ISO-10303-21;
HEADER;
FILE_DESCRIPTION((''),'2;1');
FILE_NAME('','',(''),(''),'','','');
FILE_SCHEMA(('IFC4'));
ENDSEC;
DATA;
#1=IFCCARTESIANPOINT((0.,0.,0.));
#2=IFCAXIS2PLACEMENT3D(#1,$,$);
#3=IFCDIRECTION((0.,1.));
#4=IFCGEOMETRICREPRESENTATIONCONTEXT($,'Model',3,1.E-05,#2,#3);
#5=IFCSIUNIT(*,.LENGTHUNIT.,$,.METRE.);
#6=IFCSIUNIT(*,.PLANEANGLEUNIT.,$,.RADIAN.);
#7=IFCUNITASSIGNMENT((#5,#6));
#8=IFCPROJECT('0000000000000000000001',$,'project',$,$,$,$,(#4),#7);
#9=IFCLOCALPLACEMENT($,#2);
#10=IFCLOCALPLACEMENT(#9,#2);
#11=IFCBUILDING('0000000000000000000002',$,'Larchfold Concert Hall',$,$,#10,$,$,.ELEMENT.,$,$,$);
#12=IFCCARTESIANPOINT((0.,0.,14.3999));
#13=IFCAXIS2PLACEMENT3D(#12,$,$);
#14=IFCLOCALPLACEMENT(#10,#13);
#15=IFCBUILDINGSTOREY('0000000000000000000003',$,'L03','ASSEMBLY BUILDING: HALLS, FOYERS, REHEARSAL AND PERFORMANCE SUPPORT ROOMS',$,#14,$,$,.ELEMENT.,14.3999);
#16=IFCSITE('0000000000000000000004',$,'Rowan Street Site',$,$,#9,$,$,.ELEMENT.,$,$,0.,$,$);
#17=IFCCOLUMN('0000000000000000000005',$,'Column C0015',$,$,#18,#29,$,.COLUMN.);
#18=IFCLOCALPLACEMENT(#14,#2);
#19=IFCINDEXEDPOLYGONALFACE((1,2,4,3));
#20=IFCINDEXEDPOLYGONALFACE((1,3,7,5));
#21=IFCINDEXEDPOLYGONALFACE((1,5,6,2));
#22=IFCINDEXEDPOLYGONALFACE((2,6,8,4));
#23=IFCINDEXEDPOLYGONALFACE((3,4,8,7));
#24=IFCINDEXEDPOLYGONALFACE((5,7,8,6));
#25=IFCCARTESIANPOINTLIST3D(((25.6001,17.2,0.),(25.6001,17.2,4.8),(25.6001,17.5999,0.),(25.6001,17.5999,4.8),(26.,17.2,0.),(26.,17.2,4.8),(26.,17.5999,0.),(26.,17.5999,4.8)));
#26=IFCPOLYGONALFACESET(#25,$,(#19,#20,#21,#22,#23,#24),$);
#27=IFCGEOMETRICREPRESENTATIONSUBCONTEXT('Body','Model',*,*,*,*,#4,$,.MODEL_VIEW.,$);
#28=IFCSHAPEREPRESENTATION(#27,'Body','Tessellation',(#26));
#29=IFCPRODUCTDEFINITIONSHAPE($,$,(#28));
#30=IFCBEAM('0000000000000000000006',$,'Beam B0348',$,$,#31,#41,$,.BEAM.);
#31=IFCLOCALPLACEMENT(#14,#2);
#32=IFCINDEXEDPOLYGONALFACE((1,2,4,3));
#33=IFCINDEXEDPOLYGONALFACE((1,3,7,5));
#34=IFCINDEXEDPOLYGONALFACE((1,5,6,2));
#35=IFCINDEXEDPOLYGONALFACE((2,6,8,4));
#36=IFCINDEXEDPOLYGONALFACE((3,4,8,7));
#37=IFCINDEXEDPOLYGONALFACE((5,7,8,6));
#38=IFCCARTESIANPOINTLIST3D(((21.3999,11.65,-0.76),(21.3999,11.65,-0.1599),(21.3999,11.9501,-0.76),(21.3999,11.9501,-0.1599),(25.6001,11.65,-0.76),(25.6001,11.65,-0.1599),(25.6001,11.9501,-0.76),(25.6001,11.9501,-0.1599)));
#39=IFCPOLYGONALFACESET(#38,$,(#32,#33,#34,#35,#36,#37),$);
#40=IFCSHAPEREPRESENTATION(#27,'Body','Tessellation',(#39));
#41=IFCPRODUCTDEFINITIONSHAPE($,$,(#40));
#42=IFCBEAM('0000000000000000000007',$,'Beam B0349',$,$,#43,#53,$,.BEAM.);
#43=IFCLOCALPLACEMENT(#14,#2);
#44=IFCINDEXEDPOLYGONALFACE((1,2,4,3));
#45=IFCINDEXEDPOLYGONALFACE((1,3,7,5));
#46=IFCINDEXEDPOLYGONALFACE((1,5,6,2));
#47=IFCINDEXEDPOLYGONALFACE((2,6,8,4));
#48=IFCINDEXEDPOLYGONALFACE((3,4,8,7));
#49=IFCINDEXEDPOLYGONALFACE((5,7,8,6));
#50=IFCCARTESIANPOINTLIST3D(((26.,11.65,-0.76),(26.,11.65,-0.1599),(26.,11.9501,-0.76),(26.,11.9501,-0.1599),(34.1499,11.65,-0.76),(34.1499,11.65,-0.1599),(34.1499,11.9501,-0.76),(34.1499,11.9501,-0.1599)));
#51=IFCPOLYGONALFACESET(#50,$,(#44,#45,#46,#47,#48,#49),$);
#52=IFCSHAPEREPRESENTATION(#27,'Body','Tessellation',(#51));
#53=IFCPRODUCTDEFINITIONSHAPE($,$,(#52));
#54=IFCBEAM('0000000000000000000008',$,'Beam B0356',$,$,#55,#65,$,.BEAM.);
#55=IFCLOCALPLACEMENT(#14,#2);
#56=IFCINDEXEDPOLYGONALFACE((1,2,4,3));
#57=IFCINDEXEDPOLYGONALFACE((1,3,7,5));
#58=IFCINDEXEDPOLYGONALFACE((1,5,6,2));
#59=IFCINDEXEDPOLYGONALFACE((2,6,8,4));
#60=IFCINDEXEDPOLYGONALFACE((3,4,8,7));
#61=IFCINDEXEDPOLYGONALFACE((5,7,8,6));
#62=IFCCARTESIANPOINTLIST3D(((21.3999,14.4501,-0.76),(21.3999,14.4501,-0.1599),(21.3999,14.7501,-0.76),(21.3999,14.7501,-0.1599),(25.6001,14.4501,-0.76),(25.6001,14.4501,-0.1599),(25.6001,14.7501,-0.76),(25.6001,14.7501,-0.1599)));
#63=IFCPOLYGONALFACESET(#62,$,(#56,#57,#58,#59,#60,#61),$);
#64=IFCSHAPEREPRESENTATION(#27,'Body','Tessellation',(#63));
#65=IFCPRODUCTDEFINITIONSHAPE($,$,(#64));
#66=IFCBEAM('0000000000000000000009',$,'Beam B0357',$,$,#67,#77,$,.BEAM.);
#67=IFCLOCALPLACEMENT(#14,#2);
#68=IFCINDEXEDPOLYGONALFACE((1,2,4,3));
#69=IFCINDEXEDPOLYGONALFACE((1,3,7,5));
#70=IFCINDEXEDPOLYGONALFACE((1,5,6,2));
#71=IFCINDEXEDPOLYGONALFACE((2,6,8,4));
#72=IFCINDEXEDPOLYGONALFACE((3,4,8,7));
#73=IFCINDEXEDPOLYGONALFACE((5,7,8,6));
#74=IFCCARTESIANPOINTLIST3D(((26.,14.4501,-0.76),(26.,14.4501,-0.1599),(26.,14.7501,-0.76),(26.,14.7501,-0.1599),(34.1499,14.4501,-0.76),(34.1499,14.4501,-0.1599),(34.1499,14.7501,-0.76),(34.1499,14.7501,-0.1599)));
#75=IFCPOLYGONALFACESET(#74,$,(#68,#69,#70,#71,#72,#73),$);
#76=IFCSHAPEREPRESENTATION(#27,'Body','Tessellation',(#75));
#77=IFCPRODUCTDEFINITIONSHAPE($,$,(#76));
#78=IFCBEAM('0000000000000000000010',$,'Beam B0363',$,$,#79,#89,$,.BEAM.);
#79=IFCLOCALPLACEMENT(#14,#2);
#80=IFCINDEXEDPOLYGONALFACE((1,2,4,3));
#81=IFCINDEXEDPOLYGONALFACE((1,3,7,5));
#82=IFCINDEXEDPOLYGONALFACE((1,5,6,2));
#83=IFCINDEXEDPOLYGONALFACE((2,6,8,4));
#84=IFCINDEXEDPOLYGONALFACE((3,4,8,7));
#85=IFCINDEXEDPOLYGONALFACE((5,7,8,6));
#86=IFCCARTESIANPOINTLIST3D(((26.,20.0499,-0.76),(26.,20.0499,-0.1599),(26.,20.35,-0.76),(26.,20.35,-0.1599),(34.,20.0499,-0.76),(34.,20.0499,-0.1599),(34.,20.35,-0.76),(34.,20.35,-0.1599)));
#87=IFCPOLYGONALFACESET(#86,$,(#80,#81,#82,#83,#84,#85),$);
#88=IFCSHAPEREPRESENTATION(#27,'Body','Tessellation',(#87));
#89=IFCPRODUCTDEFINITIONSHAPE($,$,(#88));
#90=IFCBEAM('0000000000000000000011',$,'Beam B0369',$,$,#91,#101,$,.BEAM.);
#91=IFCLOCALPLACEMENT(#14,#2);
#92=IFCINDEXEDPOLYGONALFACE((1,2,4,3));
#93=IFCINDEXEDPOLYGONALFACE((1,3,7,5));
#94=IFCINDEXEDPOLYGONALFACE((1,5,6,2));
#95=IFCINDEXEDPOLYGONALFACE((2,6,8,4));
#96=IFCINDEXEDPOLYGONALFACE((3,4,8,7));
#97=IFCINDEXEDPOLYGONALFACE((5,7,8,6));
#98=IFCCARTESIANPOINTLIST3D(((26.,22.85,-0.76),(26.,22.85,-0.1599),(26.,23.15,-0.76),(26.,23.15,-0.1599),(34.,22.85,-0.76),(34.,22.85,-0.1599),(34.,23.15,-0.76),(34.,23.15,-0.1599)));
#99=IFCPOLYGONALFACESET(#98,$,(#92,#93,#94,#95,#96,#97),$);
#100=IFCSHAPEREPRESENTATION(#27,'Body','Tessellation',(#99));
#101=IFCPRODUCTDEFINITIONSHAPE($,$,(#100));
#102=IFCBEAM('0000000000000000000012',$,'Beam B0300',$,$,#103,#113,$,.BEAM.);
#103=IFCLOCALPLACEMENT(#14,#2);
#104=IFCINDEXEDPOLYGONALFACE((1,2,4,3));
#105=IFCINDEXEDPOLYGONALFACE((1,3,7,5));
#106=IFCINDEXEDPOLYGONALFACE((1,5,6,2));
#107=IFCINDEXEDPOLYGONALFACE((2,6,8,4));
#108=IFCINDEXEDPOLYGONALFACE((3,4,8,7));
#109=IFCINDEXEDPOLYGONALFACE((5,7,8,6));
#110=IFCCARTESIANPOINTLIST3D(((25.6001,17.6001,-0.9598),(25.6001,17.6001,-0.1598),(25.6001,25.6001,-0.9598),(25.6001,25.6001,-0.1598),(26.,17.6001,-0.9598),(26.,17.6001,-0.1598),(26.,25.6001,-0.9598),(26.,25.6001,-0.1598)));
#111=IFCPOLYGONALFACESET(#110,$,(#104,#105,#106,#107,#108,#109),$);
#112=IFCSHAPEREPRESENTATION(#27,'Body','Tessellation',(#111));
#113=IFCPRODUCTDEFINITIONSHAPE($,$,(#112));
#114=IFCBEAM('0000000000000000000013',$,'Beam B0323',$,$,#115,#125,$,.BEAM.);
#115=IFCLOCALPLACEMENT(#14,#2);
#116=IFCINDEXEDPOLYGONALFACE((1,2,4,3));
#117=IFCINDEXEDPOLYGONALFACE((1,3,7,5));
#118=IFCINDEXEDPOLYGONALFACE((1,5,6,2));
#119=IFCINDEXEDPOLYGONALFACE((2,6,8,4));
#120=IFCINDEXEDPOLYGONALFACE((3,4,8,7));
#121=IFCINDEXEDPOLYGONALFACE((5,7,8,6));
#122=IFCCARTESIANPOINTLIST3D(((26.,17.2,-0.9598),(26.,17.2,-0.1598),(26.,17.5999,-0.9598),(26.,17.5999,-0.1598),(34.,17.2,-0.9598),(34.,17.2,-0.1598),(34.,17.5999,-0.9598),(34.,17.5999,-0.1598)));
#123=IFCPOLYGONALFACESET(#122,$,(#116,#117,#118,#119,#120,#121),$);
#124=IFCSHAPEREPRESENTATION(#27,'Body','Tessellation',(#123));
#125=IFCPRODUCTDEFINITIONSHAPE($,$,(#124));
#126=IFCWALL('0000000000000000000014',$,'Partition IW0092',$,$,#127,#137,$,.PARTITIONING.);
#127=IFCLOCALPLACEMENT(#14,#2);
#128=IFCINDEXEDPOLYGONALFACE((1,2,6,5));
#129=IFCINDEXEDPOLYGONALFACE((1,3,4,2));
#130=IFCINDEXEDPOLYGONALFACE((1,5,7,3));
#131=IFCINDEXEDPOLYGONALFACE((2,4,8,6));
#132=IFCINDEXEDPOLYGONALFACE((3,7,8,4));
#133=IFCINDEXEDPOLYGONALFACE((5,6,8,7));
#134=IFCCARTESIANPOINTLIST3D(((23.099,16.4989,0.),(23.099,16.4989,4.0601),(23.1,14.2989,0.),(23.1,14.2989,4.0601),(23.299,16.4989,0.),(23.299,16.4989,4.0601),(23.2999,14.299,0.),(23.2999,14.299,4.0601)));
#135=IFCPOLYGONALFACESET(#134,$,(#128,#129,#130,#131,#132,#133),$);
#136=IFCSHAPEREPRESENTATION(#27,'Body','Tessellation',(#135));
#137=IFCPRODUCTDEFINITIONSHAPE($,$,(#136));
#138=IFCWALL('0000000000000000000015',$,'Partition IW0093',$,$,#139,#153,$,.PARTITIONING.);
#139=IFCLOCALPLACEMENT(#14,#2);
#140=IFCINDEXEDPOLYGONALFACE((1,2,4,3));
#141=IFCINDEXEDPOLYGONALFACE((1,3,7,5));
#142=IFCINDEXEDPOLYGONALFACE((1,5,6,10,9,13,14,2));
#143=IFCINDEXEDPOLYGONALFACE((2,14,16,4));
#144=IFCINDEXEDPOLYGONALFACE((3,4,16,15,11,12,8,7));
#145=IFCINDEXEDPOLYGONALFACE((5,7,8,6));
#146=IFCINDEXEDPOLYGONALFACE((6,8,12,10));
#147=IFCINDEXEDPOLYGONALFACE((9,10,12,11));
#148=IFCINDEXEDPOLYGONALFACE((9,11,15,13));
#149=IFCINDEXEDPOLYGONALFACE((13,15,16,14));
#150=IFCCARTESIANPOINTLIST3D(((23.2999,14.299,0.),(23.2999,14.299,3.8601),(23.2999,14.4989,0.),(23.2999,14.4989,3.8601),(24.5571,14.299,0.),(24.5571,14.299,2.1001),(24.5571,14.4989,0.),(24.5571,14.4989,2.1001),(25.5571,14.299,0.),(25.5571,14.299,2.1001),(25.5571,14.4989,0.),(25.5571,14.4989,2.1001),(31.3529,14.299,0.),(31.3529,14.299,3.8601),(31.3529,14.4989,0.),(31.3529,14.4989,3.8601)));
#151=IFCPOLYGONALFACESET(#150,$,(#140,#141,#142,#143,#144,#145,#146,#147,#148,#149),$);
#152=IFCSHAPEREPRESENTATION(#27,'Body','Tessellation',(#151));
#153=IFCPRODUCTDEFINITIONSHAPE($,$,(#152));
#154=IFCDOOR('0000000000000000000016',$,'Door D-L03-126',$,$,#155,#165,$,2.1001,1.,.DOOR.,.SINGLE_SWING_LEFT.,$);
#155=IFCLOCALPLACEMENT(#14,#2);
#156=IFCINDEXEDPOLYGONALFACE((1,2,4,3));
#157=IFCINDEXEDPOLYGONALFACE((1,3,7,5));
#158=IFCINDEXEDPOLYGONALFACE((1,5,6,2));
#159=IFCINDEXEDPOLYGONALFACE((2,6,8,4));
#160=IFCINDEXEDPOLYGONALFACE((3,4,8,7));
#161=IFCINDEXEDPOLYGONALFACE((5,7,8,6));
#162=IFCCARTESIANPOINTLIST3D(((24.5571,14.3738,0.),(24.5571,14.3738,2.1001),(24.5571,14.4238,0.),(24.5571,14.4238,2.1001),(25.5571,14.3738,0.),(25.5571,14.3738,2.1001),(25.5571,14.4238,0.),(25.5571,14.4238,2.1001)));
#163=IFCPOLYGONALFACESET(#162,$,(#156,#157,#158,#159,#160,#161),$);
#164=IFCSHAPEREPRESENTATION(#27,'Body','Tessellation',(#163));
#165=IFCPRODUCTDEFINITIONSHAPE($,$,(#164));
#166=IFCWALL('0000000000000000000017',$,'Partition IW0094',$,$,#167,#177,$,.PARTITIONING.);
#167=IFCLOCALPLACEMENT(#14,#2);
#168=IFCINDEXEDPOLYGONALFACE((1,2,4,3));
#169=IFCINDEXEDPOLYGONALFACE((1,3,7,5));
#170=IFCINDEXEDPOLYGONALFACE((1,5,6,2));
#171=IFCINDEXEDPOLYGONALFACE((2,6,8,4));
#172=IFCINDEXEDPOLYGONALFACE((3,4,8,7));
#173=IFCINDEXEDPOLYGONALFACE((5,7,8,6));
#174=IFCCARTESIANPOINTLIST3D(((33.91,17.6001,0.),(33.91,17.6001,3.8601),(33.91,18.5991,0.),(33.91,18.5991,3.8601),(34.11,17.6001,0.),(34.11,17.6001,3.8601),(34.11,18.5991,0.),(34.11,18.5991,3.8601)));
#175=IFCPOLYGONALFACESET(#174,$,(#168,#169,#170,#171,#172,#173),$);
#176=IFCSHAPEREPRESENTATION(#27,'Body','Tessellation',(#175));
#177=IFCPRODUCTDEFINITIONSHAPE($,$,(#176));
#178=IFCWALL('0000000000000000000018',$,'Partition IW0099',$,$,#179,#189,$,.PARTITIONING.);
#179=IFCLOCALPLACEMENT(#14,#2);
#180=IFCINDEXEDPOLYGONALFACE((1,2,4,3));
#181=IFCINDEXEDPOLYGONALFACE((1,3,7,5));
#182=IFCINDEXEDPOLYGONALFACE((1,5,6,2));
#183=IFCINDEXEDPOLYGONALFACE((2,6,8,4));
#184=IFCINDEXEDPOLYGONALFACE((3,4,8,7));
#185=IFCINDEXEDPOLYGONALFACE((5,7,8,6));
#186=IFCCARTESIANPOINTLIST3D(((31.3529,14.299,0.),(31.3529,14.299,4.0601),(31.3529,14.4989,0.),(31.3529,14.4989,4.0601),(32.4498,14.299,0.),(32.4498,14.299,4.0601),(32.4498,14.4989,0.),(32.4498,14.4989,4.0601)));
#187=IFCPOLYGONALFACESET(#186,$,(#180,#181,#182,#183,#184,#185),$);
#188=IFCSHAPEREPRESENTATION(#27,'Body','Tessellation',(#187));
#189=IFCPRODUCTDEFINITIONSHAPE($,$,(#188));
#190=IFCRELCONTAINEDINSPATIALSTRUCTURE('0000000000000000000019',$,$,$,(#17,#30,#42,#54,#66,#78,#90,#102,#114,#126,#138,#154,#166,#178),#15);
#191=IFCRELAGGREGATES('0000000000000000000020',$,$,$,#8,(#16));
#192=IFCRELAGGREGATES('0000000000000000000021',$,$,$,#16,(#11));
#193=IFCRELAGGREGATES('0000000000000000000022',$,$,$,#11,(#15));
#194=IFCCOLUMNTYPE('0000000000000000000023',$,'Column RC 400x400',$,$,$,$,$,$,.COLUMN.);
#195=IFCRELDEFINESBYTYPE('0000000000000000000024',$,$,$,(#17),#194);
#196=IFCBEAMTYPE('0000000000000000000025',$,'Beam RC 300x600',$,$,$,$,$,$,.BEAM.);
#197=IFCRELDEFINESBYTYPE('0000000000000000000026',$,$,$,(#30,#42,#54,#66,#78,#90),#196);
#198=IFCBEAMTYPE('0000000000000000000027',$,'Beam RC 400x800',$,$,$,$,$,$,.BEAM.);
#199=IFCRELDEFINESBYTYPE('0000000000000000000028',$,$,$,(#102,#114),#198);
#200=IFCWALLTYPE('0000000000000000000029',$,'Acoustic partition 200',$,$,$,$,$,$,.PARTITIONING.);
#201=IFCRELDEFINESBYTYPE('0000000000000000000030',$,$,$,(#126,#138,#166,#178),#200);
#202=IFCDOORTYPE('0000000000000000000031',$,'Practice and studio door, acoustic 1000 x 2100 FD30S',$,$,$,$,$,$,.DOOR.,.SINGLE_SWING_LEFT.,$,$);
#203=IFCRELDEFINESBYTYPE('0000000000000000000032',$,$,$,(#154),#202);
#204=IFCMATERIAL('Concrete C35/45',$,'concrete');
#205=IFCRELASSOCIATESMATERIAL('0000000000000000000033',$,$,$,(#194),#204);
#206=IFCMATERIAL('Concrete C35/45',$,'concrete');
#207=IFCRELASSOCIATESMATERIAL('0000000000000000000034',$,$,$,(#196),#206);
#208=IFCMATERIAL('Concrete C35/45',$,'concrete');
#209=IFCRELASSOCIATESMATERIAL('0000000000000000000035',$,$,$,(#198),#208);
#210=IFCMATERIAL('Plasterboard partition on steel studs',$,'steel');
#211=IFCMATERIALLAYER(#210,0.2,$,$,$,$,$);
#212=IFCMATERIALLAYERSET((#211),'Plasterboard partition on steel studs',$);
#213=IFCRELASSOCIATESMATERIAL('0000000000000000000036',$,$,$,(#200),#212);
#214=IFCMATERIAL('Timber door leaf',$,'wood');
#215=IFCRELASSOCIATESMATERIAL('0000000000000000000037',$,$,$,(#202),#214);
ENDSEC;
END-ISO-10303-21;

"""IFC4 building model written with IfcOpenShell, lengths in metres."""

from ifc_helpers import new_model, si_unit, direction, frame, frame_2d, origin, origin_2d, place, context, subcontext, project, spatial, rectangle, extrude, material, layer, layer_set, material_profile, profile_set, type_object, element, fill, save


model = new_model("IFC4")

# Units and contexts
model_context = context("Model", 3, precision=1e-05, world=origin(), true_north=direction((0.0, 1.0)))
body_context = subcontext(model_context, "Body", "Model", "MODEL_VIEW")
ifc_project = project(units=[si_unit("LENGTHUNIT", "METRE"), si_unit("PLANEANGLEUNIT", "RADIAN")], contexts=[model_context])

# Site, building, storey
site_placement = place(None, origin())
site = spatial("IfcSite", under=ifc_project, at=site_placement, Name="Rowan Street Site", CompositionType="ELEMENT", RefElevation=0.0)
building_placement = place(site_placement, origin())
building = spatial("IfcBuilding", under=site, at=building_placement, Name="Larchfold Concert Hall", CompositionType="ELEMENT")
storey_placement = place(building_placement, frame((0.0, 0.0, 14.3999)))
storey = spatial("IfcBuildingStorey", under=building, at=storey_placement, Name="L03", Description="ASSEMBLY BUILDING: HALLS, FOYERS, REHEARSAL AND PERFORMANCE SUPPORT ROOMS", CompositionType="ELEMENT", Elevation=14.3999)

# Column
ifc_material_1 = material(Name="Concrete C35/45", Category="concrete")
ifc_material_profile_1 = material_profile(ifc_material_1, rectangle(XDim=0.3999, YDim=0.3999, at=origin_2d()))
ifc_profile_set_1 = profile_set([ifc_material_profile_1], Name="Concrete C35/45")
column_type = type_object("IfcColumnType", Name="Column RC 400x400", PredefinedType="COLUMN", material=ifc_profile_set_1)
column_placement = place(storey_placement, frame((25.8, 17.3999, 0.0), z_axis=(0.0, 0.0, 1.0), x_axis=(1.0, 0.0, 0.0)))
element("IfcColumn", 1, at=column_placement, inside=storey, type_object=column_type, Name="Column C0015", PredefinedType="COLUMN", context=body_context, shape_type="SweptSolid", body=[
    extrude(rectangle(XDim=0.3999, YDim=0.3999, at=origin_2d()), origin(), (0.0, 0.0, 1.0), 4.8),
])

# Beams
ifc_material_2 = material(Name="Concrete C35/45", Category="concrete")
ifc_material_profile_2 = material_profile(ifc_material_2, rectangle(XDim=0.3, YDim=0.6001, at=origin_2d()))
ifc_profile_set_2 = profile_set([ifc_material_profile_2], Name="Concrete C35/45")
beam_type_1 = type_object("IfcBeamType", Name="Beam RC 300x600", PredefinedType="BEAM", material=ifc_profile_set_2)
beam_1_placement = place(storey_placement, frame((21.3999, 11.8, -0.46), z_axis=(1.0, 0.0, 0.0), x_axis=(0.0, 1.0, 0.0)))
element("IfcBeam", 2, at=beam_1_placement, inside=storey, type_object=beam_type_1, Name="Beam B0348", PredefinedType="BEAM", context=body_context, shape_type="SweptSolid", body=[
    extrude(rectangle(XDim=0.3, YDim=0.6001, at=origin_2d()), origin(), (0.0, 0.0, 1.0), 4.2002),
])
beam_2_placement = place(storey_placement, frame((26.0, 11.8, -0.46), z_axis=(1.0, 0.0, 0.0), x_axis=(0.0, 1.0, 0.0)))
element("IfcBeam", 3, at=beam_2_placement, inside=storey, type_object=beam_type_1, Name="Beam B0349", PredefinedType="BEAM", context=body_context, shape_type="SweptSolid", body=[
    extrude(rectangle(XDim=0.3, YDim=0.6001, at=origin_2d()), origin(), (0.0, 0.0, 1.0), 8.1499),
])
beam_3_placement = place(storey_placement, frame((21.3999, 14.6001, -0.46), z_axis=(1.0, 0.0, 0.0), x_axis=(0.0, 1.0, 0.0)))
element("IfcBeam", 4, at=beam_3_placement, inside=storey, type_object=beam_type_1, Name="Beam B0356", PredefinedType="BEAM", context=body_context, shape_type="SweptSolid", body=[
    extrude(rectangle(XDim=0.3, YDim=0.6001, at=origin_2d()), origin(), (0.0, 0.0, 1.0), 4.2002),
])
beam_4_placement = place(storey_placement, frame((26.0, 14.6001, -0.46), z_axis=(1.0, 0.0, 0.0), x_axis=(0.0, 1.0, 0.0)))
element("IfcBeam", 5, at=beam_4_placement, inside=storey, type_object=beam_type_1, Name="Beam B0357", PredefinedType="BEAM", context=body_context, shape_type="SweptSolid", body=[
    extrude(rectangle(XDim=0.3, YDim=0.6001, at=origin_2d()), origin(), (0.0, 0.0, 1.0), 8.1499),
])
for number, where, z_axis, x_axis, name in (
    (6, (26.0, 20.2, -0.46), (1.0, 0.0, 0.0), (0.0, 1.0, 0.0), "Beam B0363"),
    (7, (26.0, 23.0, -0.46), (1.0, 0.0, 0.0), (0.0, 1.0, 0.0), "Beam B0369"),
):
    element("IfcBeam", number, at=place(storey_placement, frame(where, z_axis=z_axis, x_axis=x_axis)), inside=storey, type_object=beam_type_1, Name=name, PredefinedType="BEAM", context=body_context, shape_type="SweptSolid", body=[
        extrude(rectangle(XDim=0.3, YDim=0.6001, at=origin_2d()), origin(), (0.0, 0.0, 1.0), 8.0),
    ])
ifc_material_3 = material(Name="Concrete C35/45", Category="concrete")
ifc_material_profile_3 = material_profile(ifc_material_3, rectangle(XDim=0.3999, YDim=0.8, at=origin_2d()))
ifc_profile_set_3 = profile_set([ifc_material_profile_3], Name="Concrete C35/45")
beam_type_2 = type_object("IfcBeamType", Name="Beam RC 400x800", PredefinedType="BEAM", material=ifc_profile_set_3)
for number, where, z_axis, x_axis, name in (
    (8, (25.8, 17.6001, -0.5598), (0.0, 1.0, 0.0), (-1.0, 0.0, 0.0), "Beam B0300"),
    (9, (26.0, 17.3999, -0.5598), (1.0, 0.0, 0.0), (0.0, 1.0, 0.0), "Beam B0323"),
):
    element("IfcBeam", number, at=place(storey_placement, frame(where, z_axis=z_axis, x_axis=x_axis)), inside=storey, type_object=beam_type_2, Name=name, PredefinedType="BEAM", context=body_context, shape_type="SweptSolid", body=[
        extrude(rectangle(XDim=0.3999, YDim=0.8, at=origin_2d()), origin(), (0.0, 0.0, 1.0), 8.0),
    ])

# Wall
ifc_material_4 = material(Name="Plasterboard partition on steel studs", Category="steel")
ifc_layer_1 = layer(ifc_material_4, 0.2)
ifc_layer_set_1 = layer_set([ifc_layer_1], Name="Plasterboard partition on steel studs")
wall_type_1 = type_object("IfcWallType", Name="Acoustic partition 200", PredefinedType="PARTITIONING", material=ifc_layer_set_1)
wall_1_placement = place(storey_placement, frame((23.199, 16.499, 0.0), z_axis=(0.0, 0.0, 1.0), x_axis=(0.000444, -1.0, 0.0)))
element("IfcWall", 10, at=wall_1_placement, inside=storey, type_object=wall_type_1, Name="Partition IW0092", PredefinedType="PARTITIONING", context=body_context, shape_type="SweptSolid", body=[
    extrude(rectangle(XDim=2.2, YDim=0.2, at=frame_2d((1.1001, 0.0))), origin(), (0.0, 0.0, 1.0), 4.0601),
])

# Wall, opening, door
wall_2_placement = place(storey_placement, frame((23.3, 14.3989, 0.0), z_axis=(0.0, 0.0, 1.0), x_axis=(1.0, 0.0, 0.0)))
wall_2 = element("IfcWall", 11, at=wall_2_placement, inside=storey, type_object=wall_type_1, Name="Partition IW0093", PredefinedType="PARTITIONING", context=body_context, shape_type="SweptSolid", body=[
    extrude(rectangle(XDim=8.053, YDim=0.2, at=frame_2d((4.0264, 0.0))), origin(), (0.0, 0.0, 1.0), 3.8601),
])
opening_placement = place(wall_2_placement, frame((1.2571, 0.0, 0.0)))
opening = element("IfcOpeningElement", 12, at=opening_placement, cuts=wall_2, PredefinedType="OPENING", context=body_context, shape_type="SweptSolid", body=[
    extrude(rectangle(XDim=1.0, YDim=2.1001, at=frame_2d((0.5, 1.05))), frame((0.0, 0.1099, 0.0), z_axis=(0.0, -1.0, 0.0), x_axis=(1.0, 0.0, 0.0)), (0.0, 0.0, 1.0), 0.22),
])
ifc_material_5 = material(Name="Timber door leaf", Category="wood")
door_type = type_object("IfcDoorType", Name="Practice and studio door, acoustic 1000 x 2100 FD30S", OperationType="SINGLE_SWING_LEFT", PredefinedType="DOOR", material=ifc_material_5)
door_placement = place(opening_placement, origin())
door = element("IfcDoor", 13, at=door_placement, inside=storey, type_object=door_type, Name="Door D-L03-126", OperationType="SINGLE_SWING_LEFT", OverallHeight=2.1001, OverallWidth=1.0, PredefinedType="DOOR", context=body_context, shape_type="SweptSolid", body=[
    extrude(rectangle(XDim=1.0, YDim=2.1001, at=frame_2d((0.5, 1.05))), frame((0.0, 0.0249, 0.0), z_axis=(0.0, -1.0, 0.0), x_axis=(1.0, 0.0, 0.0)), (0.0, 0.0, 1.0), 0.05),
])
fill(opening, door)

# Walls
wall_3_placement = place(storey_placement, frame((34.01, 18.5991, 0.0), z_axis=(0.0, 0.0, 1.0), x_axis=(0.0, -1.0, 0.0)))
element("IfcWall", 14, at=wall_3_placement, inside=storey, type_object=wall_type_1, Name="Partition IW0094", PredefinedType="PARTITIONING", context=body_context, shape_type="SweptSolid", body=[
    extrude(rectangle(XDim=0.999, YDim=0.2, at=frame_2d((0.4995, 0.0))), origin(), (0.0, 0.0, 1.0), 3.8601),
])
wall_4_placement = place(storey_placement, frame((31.353, 14.3989, 0.0), z_axis=(0.0, 0.0, 1.0), x_axis=(1.0, 0.0, 0.0)))
element("IfcWall", 15, at=wall_4_placement, inside=storey, type_object=wall_type_1, Name="Partition IW0099", PredefinedType="PARTITIONING", context=body_context, shape_type="SweptSolid", body=[
    extrude(rectangle(XDim=1.0969, YDim=0.2, at=frame_2d((0.5483, 0.0))), origin(), (0.0, 0.0, 1.0), 4.0601),
])

save(model, "model.ifc")
